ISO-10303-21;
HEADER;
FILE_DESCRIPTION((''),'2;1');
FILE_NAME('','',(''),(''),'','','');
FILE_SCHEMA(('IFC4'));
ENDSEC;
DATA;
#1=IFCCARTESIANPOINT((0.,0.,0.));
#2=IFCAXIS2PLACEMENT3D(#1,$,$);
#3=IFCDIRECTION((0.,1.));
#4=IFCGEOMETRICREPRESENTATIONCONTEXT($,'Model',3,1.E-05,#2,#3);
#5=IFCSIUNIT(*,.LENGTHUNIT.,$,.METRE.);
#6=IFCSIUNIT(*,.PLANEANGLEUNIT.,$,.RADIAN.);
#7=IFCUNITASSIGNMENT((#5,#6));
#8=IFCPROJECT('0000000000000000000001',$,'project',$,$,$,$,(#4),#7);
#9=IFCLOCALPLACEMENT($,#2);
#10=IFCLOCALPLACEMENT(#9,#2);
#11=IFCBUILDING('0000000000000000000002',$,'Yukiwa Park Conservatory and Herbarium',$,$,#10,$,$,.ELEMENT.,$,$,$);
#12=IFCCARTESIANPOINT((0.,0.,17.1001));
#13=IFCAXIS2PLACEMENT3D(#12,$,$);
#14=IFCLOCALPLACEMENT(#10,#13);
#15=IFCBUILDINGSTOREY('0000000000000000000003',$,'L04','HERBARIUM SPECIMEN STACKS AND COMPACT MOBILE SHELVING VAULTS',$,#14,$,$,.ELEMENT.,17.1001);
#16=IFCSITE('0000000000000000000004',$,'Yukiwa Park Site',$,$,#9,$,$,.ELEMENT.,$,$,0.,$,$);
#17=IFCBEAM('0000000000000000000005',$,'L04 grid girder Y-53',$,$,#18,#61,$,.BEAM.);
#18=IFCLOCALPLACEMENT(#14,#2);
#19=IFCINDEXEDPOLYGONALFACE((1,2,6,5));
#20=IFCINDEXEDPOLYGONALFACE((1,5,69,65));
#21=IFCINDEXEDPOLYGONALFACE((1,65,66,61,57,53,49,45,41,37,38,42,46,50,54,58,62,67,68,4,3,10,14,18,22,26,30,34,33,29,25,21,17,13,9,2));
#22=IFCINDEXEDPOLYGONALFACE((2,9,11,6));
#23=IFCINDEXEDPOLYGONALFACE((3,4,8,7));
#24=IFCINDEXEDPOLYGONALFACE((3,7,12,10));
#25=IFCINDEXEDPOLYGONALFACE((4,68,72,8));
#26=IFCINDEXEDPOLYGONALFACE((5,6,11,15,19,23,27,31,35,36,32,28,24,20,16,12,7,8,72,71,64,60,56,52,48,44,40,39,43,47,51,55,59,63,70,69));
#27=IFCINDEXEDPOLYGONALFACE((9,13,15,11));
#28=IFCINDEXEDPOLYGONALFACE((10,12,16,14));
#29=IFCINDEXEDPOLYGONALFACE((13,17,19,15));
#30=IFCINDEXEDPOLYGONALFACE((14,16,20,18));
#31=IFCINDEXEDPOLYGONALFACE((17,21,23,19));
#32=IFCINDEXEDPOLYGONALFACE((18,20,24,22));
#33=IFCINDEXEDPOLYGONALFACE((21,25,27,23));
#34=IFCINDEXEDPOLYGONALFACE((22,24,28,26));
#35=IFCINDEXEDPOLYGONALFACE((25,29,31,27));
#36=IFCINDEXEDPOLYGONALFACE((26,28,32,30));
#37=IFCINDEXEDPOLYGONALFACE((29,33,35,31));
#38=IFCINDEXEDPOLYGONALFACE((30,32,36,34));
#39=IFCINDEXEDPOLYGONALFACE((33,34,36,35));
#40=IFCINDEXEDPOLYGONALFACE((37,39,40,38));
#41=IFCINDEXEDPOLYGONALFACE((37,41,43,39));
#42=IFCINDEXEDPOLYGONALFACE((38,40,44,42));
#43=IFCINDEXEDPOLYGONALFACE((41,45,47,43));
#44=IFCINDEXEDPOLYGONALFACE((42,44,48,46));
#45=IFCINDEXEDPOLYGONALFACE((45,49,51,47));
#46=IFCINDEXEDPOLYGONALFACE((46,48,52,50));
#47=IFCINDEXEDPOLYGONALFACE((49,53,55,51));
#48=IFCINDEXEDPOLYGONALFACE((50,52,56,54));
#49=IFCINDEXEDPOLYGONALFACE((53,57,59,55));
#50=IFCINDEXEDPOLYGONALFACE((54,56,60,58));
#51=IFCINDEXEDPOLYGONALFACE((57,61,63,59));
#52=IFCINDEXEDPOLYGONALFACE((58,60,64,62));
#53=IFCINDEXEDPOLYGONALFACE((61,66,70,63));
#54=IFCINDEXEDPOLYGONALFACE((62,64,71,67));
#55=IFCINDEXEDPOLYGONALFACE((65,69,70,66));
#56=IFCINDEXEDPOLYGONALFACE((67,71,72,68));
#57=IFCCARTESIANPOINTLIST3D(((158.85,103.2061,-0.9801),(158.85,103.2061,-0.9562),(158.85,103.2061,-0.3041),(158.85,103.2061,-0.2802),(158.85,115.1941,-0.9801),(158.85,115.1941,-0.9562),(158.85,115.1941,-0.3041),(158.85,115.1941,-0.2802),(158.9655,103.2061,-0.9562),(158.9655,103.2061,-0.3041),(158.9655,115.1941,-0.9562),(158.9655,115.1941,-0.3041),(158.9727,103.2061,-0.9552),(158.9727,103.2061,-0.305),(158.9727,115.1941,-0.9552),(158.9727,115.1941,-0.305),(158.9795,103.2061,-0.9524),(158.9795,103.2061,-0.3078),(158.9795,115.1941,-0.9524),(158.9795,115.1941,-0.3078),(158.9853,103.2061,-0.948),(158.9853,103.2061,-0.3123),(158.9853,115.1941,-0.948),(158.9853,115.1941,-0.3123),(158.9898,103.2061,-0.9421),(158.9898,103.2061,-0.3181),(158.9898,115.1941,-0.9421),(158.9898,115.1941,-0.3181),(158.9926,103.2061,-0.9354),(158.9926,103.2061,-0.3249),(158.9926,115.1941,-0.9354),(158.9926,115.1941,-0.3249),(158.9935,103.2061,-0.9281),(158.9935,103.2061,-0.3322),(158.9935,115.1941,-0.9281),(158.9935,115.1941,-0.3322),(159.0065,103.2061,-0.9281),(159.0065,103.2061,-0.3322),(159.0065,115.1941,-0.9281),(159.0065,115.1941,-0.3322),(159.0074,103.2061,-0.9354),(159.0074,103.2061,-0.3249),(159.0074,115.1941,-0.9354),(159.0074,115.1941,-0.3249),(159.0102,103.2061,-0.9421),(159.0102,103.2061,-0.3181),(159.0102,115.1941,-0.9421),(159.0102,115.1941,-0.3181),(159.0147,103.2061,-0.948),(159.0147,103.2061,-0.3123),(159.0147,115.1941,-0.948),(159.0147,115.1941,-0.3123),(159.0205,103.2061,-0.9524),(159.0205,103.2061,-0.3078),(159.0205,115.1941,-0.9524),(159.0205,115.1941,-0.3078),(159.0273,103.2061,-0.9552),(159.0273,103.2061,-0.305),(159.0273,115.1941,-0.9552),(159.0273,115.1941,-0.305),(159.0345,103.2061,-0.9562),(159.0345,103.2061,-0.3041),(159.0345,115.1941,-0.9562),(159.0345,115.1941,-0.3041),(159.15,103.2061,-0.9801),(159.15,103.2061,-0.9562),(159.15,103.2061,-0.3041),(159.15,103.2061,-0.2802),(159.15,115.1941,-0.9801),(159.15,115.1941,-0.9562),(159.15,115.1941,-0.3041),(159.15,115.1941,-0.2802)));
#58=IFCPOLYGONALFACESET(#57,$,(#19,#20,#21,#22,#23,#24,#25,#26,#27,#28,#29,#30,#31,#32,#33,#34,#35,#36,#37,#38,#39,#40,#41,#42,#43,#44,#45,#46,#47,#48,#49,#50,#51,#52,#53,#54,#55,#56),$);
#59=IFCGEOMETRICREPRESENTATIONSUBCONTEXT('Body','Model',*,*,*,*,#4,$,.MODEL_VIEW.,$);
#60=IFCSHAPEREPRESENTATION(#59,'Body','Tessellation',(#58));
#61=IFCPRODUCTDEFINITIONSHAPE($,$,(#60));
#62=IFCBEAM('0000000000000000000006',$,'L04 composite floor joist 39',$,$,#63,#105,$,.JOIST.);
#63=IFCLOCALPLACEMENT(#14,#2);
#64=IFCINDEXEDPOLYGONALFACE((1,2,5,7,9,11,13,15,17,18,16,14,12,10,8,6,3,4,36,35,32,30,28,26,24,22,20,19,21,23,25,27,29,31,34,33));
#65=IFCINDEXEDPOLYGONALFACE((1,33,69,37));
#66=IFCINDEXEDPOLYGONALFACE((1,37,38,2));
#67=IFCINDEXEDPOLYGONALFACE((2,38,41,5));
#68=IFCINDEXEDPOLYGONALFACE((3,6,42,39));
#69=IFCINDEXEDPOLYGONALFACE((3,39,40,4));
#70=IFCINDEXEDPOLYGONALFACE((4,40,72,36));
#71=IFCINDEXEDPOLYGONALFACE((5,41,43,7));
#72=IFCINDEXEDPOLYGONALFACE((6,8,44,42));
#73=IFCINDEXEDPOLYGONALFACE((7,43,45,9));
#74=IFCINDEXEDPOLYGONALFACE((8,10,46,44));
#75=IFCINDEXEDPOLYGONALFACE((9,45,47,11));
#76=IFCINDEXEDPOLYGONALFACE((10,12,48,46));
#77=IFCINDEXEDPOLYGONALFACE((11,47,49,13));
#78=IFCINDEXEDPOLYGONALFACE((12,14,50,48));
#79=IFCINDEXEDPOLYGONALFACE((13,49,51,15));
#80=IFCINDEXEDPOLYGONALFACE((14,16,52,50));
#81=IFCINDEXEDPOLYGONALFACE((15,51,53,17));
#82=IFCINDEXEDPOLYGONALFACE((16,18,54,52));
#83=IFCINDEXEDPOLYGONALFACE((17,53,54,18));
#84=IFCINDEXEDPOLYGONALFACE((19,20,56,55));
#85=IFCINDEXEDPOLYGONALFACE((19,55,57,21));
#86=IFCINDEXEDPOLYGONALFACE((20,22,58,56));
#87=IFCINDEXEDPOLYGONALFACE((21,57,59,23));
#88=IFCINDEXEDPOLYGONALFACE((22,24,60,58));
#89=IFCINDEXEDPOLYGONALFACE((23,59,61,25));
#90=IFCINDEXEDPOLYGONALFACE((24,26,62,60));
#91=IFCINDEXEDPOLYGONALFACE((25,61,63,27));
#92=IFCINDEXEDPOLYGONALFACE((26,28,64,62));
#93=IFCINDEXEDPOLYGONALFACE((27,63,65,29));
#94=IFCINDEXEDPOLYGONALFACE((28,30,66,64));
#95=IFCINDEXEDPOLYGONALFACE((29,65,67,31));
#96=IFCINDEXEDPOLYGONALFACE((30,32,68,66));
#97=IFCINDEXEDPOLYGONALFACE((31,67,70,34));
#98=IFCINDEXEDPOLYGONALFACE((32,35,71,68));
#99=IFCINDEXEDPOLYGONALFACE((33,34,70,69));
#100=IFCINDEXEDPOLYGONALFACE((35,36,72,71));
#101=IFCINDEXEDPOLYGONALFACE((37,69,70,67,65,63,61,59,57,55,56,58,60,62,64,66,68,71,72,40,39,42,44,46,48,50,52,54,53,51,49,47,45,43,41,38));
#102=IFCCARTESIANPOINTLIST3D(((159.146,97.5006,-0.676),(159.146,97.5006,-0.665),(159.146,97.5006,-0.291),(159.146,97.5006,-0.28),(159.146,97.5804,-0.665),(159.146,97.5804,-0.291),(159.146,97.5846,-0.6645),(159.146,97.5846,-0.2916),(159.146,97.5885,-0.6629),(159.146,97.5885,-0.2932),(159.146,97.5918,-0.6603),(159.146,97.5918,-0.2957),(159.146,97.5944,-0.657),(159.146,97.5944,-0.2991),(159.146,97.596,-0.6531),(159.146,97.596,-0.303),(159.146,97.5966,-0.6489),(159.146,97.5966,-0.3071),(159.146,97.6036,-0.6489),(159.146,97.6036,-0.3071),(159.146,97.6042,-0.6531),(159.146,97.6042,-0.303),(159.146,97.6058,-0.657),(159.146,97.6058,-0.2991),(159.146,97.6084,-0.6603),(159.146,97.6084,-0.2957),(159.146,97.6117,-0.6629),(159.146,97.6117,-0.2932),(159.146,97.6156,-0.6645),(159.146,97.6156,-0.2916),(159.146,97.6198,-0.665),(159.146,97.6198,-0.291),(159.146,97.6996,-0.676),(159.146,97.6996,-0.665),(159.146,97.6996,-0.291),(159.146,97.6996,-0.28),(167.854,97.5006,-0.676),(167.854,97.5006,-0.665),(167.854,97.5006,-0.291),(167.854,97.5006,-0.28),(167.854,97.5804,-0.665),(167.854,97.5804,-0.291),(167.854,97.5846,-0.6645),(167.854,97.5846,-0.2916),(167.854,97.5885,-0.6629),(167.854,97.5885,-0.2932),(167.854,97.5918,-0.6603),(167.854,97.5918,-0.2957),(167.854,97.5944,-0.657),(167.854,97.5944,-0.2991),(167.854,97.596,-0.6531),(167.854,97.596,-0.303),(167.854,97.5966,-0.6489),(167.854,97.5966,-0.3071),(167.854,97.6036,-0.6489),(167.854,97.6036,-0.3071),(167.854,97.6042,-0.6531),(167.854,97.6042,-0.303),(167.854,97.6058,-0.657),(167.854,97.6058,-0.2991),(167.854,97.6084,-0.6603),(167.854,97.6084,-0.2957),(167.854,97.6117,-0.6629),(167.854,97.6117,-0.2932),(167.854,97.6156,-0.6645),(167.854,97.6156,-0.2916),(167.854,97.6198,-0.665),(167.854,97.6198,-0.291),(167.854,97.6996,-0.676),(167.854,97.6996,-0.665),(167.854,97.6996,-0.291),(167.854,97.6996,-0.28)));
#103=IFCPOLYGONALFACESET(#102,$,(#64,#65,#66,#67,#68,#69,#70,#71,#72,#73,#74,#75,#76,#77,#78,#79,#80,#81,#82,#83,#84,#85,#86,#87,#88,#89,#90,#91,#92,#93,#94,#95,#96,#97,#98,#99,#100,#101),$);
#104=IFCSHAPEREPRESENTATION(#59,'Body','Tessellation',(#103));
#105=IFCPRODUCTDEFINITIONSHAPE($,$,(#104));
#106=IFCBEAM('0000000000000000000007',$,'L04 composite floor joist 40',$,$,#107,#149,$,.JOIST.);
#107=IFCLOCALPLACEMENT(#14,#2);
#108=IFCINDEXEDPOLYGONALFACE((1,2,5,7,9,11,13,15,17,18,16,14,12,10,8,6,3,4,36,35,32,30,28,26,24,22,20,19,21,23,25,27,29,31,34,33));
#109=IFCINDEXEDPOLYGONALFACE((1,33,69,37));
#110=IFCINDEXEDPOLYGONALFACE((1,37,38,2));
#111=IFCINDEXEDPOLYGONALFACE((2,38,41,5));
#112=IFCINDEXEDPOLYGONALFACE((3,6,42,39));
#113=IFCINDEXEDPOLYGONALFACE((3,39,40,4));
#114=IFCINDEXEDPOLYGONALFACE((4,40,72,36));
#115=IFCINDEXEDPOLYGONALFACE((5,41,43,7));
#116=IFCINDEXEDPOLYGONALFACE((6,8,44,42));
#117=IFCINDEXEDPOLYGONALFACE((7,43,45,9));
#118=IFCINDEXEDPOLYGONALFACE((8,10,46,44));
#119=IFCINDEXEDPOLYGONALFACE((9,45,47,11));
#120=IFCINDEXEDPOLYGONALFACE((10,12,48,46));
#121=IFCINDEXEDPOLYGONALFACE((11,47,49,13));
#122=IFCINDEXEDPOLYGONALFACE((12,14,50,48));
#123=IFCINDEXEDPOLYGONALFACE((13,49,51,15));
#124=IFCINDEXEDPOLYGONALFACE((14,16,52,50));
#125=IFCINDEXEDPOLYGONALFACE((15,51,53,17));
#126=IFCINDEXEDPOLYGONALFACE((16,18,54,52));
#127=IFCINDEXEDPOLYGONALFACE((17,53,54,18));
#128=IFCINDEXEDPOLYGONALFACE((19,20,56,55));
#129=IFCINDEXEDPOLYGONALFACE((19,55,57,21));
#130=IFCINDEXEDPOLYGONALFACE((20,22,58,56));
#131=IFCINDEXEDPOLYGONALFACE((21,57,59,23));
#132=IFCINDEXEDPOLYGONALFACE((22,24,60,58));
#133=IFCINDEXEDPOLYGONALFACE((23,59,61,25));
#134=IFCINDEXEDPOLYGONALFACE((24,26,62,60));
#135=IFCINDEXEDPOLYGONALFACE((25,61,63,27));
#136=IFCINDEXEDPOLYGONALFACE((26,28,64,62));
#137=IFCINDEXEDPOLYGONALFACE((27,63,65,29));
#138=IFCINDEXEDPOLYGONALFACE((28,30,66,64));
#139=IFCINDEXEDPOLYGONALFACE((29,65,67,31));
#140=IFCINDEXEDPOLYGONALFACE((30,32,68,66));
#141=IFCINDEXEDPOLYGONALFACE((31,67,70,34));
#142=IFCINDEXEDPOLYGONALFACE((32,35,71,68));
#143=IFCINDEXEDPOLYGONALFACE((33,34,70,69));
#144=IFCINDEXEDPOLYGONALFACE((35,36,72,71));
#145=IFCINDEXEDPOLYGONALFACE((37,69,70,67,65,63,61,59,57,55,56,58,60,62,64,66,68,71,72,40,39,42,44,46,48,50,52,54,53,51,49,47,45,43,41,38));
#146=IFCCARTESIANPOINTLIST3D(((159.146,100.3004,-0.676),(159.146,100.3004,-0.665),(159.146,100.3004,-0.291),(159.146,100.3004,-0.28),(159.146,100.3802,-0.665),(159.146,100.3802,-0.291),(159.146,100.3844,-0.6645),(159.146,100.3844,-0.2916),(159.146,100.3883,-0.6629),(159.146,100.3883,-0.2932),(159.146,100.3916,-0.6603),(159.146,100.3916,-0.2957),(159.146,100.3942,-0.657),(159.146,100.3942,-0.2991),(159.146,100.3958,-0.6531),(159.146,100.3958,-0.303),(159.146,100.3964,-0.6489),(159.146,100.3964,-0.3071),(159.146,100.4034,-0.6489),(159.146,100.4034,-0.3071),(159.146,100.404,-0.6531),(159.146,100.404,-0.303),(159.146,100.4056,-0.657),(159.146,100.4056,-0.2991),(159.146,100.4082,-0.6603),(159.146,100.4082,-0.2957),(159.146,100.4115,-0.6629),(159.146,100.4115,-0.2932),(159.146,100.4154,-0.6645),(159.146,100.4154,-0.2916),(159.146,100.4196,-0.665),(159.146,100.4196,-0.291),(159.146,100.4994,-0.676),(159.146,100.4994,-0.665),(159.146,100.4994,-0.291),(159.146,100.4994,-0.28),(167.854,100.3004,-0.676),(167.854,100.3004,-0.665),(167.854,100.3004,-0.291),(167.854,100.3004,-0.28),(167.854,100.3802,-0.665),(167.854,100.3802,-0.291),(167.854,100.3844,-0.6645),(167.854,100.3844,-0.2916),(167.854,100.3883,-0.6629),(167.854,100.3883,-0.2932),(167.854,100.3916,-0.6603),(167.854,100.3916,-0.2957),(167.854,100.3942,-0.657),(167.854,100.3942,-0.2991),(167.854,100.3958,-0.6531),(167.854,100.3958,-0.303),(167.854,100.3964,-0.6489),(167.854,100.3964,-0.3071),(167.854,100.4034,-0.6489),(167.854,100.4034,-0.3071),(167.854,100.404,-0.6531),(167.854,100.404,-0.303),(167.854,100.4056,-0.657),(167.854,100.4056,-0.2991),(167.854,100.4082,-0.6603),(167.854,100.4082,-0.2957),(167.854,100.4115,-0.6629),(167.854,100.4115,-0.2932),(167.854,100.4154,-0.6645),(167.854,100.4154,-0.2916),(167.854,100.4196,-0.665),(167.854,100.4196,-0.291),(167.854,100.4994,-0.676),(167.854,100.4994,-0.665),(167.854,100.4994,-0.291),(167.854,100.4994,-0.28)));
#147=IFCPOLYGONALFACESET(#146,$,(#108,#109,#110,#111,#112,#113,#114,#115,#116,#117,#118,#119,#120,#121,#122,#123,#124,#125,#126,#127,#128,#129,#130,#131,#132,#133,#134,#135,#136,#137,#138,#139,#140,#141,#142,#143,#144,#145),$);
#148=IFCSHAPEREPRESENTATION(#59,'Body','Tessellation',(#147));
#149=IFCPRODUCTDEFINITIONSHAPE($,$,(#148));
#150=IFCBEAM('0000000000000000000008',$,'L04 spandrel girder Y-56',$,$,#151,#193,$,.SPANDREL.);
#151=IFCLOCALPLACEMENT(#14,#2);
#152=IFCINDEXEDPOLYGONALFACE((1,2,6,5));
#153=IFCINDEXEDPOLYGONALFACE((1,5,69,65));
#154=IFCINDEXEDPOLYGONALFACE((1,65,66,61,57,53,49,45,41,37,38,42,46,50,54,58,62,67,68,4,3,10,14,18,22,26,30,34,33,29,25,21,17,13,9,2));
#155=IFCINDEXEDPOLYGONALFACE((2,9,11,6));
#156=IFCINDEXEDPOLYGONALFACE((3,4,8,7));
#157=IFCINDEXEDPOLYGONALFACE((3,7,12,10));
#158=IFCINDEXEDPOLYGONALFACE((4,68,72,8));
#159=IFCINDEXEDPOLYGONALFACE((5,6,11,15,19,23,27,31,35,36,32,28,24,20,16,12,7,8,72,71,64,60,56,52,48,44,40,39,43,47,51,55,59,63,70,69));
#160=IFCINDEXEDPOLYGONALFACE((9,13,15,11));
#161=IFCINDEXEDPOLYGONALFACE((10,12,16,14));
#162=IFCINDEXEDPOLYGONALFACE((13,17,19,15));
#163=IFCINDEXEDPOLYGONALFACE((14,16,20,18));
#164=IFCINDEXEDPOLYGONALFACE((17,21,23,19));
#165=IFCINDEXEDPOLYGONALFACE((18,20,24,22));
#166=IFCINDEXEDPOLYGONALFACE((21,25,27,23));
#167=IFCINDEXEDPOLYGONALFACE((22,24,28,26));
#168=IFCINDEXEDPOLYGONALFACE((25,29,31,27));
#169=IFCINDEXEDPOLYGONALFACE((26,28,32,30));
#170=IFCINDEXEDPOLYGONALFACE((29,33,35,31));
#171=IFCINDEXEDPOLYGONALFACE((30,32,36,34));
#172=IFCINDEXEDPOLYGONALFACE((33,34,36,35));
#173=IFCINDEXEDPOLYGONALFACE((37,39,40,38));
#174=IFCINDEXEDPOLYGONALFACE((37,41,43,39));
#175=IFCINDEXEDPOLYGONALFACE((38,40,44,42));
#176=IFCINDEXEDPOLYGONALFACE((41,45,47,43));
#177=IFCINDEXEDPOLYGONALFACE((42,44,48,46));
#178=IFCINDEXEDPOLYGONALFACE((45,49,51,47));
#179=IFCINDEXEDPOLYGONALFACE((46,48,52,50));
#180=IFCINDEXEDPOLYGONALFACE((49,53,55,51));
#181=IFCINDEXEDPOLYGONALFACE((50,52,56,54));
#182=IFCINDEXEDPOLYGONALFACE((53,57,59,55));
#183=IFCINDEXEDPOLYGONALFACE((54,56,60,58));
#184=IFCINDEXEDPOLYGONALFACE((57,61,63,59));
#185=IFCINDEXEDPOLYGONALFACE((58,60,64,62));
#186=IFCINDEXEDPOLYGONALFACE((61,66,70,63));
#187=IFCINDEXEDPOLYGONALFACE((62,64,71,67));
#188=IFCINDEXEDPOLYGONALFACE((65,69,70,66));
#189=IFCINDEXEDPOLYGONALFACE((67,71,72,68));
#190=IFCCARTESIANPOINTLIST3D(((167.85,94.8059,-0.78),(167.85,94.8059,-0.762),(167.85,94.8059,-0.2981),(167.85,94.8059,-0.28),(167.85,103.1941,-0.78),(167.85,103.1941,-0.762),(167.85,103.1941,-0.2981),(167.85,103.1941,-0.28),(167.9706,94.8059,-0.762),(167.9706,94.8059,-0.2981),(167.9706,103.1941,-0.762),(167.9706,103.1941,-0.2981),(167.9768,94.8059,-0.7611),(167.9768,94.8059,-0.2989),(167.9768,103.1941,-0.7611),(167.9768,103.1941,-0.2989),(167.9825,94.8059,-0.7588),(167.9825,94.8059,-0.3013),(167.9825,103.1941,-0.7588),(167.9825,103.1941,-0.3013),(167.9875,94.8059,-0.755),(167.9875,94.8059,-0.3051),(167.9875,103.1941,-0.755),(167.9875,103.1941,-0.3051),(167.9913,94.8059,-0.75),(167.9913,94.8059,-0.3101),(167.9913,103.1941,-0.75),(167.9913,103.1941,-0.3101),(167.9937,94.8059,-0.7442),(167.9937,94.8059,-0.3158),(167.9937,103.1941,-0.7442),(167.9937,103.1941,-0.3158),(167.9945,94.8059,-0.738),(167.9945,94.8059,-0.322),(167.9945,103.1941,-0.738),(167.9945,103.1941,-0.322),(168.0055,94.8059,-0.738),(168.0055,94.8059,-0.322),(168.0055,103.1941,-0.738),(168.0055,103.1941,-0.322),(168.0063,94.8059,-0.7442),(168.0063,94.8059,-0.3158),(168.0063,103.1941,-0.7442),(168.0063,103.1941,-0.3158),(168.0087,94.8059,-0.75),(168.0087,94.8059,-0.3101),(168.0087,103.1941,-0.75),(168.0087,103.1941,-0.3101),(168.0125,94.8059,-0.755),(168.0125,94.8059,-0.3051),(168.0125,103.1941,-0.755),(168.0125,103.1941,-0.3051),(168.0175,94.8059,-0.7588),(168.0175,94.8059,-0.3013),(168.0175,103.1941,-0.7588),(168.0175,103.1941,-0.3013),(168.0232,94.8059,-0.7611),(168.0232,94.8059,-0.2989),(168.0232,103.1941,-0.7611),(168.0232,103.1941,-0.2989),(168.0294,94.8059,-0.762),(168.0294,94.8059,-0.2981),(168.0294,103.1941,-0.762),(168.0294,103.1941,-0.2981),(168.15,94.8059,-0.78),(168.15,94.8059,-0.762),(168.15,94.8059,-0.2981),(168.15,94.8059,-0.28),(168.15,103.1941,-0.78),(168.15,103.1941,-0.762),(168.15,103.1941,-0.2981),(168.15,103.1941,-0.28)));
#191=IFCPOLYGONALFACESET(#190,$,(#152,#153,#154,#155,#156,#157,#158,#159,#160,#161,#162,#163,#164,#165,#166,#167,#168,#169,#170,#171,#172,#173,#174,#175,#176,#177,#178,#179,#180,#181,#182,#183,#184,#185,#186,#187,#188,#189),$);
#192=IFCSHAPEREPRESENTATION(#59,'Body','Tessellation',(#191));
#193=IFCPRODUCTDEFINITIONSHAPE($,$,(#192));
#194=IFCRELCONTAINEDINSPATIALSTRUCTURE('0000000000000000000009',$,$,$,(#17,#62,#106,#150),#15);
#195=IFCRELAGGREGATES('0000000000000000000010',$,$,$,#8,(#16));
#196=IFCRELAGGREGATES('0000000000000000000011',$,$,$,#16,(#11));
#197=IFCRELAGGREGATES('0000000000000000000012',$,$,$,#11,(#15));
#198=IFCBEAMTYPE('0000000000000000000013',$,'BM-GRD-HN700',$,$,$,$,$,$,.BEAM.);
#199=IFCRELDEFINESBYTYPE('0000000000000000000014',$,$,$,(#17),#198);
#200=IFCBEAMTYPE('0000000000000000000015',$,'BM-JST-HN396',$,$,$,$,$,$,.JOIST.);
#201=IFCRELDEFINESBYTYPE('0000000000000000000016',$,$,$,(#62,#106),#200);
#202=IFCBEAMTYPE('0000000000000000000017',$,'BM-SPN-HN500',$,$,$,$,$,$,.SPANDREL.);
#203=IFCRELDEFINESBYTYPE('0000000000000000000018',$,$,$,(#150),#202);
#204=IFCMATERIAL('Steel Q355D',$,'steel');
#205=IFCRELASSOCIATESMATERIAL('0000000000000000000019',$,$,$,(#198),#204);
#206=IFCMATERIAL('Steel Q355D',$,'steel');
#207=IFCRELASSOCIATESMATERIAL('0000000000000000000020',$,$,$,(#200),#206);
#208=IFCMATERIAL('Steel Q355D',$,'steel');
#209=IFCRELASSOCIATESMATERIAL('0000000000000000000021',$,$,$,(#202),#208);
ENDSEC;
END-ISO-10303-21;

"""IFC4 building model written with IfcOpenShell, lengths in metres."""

from ifc_helpers import new_model, si_unit, direction, frame, origin, origin_2d, place, context, subcontext, project, spatial, i_section, extrude, material, material_profile, profile_set, type_object, element, save


model = new_model("IFC4")

# Units and contexts
model_context = context("Model", 3, precision=1e-05, world=origin(), true_north=direction((0.0, 1.0)))
body_context = subcontext(model_context, "Body", "Model", "MODEL_VIEW")
ifc_project = project(units=[si_unit("LENGTHUNIT", "METRE"), si_unit("PLANEANGLEUNIT", "RADIAN")], contexts=[model_context])

# Site, building, storey
site_placement = place(None, origin())
site = spatial("IfcSite", under=ifc_project, at=site_placement, Name="Yukiwa Park Site", CompositionType="ELEMENT", RefElevation=0.0)
building_placement = place(site_placement, origin())
building = spatial("IfcBuilding", under=site, at=building_placement, Name="Yukiwa Park Conservatory and Herbarium", CompositionType="ELEMENT")
storey_placement = place(building_placement, frame((0.0, 0.0, 17.1001)))
storey = spatial("IfcBuildingStorey", under=building, at=storey_placement, Name="L04", Description="HERBARIUM SPECIMEN STACKS AND COMPACT MOBILE SHELVING VAULTS", CompositionType="ELEMENT", Elevation=17.1001)

# Beams
ifc_material_1 = material(Name="Steel Q355D", Category="steel")
ifc_material_profile_1 = material_profile(ifc_material_1, i_section(OverallWidth=0.3, OverallDepth=0.7, WebThickness=0.0129, FlangeThickness=0.0239, FilletRadius=0.0281, at=origin_2d()), Name="HN 700x300x13x24")
ifc_profile_set_1 = profile_set([ifc_material_profile_1], Name="Steel Q355D")
beam_type_1 = type_object("IfcBeamType", Name="BM-GRD-HN700", PredefinedType="BEAM", material=ifc_profile_set_1)
beam_1_placement = place(storey_placement, frame((159.0, 103.2061, -0.6301), z_axis=(0.0, 1.0, 0.0), x_axis=(-1.0, 0.0, 0.0)))
element("IfcBeam", 1, at=beam_1_placement, inside=storey, type_object=beam_type_1, Name="L04 grid girder Y-53", PredefinedType="BEAM", context=body_context, shape_type="SweptSolid", body=[
    extrude(i_section(OverallWidth=0.3, OverallDepth=0.7, WebThickness=0.0129, FlangeThickness=0.0239, FilletRadius=0.0281, at=origin_2d()), origin(), (0.0, 0.0, 1.0), 11.988),
])
ifc_material_2 = material(Name="Steel Q355D", Category="steel")
ifc_material_profile_2 = material_profile(ifc_material_2, i_section(OverallWidth=0.199, OverallDepth=0.396, WebThickness=0.0071, FlangeThickness=0.011, FilletRadius=0.0161, at=origin_2d()), Name="HN 396x199x7x11")
ifc_profile_set_2 = profile_set([ifc_material_profile_2], Name="Steel Q355D")
beam_type_2 = type_object("IfcBeamType", Name="BM-JST-HN396", PredefinedType="JOIST", material=ifc_profile_set_2)
for number, where, z_axis, x_axis, name in (
    (2, (159.146, 97.6001, -0.478), (1.0, 0.0, 0.0), (0.0, 1.0, 0.0), "L04 composite floor joist 39"),
    (3, (159.146, 100.3999, -0.478), (1.0, 0.0, 0.0), (0.0, 1.0, 0.0), "L04 composite floor joist 40"),
):
    element("IfcBeam", number, at=place(storey_placement, frame(where, z_axis=z_axis, x_axis=x_axis)), inside=storey, type_object=beam_type_2, Name=name, PredefinedType="JOIST", context=body_context, shape_type="SweptSolid", body=[
        extrude(i_section(OverallWidth=0.199, OverallDepth=0.396, WebThickness=0.0071, FlangeThickness=0.011, FilletRadius=0.0161, at=origin_2d()), origin(), (0.0, 0.0, 1.0), 8.708),
    ])
ifc_material_3 = material(Name="Steel Q355D", Category="steel")
ifc_material_profile_3 = material_profile(ifc_material_3, i_section(OverallWidth=0.3, OverallDepth=0.5, WebThickness=0.011, FlangeThickness=0.0181, FilletRadius=0.0239, at=origin_2d()), Name="HM 500x300x11x18")
ifc_profile_set_3 = profile_set([ifc_material_profile_3], Name="Steel Q355D")
beam_type_3 = type_object("IfcBeamType", Name="BM-SPN-HN500", PredefinedType="SPANDREL", material=ifc_profile_set_3)
beam_2_placement = place(storey_placement, frame((168.0, 94.8059, -0.53), z_axis=(0.0, 1.0, 0.0), x_axis=(-1.0, 0.0, 0.0)))
element("IfcBeam", 4, at=beam_2_placement, inside=storey, type_object=beam_type_3, Name="L04 spandrel girder Y-56", PredefinedType="SPANDREL", context=body_context, shape_type="SweptSolid", body=[
    extrude(i_section(OverallWidth=0.3, OverallDepth=0.5, WebThickness=0.011, FlangeThickness=0.0181, FilletRadius=0.0239, at=origin_2d()), origin(), (0.0, 0.0, 1.0), 8.3882),
])

save(model, "model.ifc")
